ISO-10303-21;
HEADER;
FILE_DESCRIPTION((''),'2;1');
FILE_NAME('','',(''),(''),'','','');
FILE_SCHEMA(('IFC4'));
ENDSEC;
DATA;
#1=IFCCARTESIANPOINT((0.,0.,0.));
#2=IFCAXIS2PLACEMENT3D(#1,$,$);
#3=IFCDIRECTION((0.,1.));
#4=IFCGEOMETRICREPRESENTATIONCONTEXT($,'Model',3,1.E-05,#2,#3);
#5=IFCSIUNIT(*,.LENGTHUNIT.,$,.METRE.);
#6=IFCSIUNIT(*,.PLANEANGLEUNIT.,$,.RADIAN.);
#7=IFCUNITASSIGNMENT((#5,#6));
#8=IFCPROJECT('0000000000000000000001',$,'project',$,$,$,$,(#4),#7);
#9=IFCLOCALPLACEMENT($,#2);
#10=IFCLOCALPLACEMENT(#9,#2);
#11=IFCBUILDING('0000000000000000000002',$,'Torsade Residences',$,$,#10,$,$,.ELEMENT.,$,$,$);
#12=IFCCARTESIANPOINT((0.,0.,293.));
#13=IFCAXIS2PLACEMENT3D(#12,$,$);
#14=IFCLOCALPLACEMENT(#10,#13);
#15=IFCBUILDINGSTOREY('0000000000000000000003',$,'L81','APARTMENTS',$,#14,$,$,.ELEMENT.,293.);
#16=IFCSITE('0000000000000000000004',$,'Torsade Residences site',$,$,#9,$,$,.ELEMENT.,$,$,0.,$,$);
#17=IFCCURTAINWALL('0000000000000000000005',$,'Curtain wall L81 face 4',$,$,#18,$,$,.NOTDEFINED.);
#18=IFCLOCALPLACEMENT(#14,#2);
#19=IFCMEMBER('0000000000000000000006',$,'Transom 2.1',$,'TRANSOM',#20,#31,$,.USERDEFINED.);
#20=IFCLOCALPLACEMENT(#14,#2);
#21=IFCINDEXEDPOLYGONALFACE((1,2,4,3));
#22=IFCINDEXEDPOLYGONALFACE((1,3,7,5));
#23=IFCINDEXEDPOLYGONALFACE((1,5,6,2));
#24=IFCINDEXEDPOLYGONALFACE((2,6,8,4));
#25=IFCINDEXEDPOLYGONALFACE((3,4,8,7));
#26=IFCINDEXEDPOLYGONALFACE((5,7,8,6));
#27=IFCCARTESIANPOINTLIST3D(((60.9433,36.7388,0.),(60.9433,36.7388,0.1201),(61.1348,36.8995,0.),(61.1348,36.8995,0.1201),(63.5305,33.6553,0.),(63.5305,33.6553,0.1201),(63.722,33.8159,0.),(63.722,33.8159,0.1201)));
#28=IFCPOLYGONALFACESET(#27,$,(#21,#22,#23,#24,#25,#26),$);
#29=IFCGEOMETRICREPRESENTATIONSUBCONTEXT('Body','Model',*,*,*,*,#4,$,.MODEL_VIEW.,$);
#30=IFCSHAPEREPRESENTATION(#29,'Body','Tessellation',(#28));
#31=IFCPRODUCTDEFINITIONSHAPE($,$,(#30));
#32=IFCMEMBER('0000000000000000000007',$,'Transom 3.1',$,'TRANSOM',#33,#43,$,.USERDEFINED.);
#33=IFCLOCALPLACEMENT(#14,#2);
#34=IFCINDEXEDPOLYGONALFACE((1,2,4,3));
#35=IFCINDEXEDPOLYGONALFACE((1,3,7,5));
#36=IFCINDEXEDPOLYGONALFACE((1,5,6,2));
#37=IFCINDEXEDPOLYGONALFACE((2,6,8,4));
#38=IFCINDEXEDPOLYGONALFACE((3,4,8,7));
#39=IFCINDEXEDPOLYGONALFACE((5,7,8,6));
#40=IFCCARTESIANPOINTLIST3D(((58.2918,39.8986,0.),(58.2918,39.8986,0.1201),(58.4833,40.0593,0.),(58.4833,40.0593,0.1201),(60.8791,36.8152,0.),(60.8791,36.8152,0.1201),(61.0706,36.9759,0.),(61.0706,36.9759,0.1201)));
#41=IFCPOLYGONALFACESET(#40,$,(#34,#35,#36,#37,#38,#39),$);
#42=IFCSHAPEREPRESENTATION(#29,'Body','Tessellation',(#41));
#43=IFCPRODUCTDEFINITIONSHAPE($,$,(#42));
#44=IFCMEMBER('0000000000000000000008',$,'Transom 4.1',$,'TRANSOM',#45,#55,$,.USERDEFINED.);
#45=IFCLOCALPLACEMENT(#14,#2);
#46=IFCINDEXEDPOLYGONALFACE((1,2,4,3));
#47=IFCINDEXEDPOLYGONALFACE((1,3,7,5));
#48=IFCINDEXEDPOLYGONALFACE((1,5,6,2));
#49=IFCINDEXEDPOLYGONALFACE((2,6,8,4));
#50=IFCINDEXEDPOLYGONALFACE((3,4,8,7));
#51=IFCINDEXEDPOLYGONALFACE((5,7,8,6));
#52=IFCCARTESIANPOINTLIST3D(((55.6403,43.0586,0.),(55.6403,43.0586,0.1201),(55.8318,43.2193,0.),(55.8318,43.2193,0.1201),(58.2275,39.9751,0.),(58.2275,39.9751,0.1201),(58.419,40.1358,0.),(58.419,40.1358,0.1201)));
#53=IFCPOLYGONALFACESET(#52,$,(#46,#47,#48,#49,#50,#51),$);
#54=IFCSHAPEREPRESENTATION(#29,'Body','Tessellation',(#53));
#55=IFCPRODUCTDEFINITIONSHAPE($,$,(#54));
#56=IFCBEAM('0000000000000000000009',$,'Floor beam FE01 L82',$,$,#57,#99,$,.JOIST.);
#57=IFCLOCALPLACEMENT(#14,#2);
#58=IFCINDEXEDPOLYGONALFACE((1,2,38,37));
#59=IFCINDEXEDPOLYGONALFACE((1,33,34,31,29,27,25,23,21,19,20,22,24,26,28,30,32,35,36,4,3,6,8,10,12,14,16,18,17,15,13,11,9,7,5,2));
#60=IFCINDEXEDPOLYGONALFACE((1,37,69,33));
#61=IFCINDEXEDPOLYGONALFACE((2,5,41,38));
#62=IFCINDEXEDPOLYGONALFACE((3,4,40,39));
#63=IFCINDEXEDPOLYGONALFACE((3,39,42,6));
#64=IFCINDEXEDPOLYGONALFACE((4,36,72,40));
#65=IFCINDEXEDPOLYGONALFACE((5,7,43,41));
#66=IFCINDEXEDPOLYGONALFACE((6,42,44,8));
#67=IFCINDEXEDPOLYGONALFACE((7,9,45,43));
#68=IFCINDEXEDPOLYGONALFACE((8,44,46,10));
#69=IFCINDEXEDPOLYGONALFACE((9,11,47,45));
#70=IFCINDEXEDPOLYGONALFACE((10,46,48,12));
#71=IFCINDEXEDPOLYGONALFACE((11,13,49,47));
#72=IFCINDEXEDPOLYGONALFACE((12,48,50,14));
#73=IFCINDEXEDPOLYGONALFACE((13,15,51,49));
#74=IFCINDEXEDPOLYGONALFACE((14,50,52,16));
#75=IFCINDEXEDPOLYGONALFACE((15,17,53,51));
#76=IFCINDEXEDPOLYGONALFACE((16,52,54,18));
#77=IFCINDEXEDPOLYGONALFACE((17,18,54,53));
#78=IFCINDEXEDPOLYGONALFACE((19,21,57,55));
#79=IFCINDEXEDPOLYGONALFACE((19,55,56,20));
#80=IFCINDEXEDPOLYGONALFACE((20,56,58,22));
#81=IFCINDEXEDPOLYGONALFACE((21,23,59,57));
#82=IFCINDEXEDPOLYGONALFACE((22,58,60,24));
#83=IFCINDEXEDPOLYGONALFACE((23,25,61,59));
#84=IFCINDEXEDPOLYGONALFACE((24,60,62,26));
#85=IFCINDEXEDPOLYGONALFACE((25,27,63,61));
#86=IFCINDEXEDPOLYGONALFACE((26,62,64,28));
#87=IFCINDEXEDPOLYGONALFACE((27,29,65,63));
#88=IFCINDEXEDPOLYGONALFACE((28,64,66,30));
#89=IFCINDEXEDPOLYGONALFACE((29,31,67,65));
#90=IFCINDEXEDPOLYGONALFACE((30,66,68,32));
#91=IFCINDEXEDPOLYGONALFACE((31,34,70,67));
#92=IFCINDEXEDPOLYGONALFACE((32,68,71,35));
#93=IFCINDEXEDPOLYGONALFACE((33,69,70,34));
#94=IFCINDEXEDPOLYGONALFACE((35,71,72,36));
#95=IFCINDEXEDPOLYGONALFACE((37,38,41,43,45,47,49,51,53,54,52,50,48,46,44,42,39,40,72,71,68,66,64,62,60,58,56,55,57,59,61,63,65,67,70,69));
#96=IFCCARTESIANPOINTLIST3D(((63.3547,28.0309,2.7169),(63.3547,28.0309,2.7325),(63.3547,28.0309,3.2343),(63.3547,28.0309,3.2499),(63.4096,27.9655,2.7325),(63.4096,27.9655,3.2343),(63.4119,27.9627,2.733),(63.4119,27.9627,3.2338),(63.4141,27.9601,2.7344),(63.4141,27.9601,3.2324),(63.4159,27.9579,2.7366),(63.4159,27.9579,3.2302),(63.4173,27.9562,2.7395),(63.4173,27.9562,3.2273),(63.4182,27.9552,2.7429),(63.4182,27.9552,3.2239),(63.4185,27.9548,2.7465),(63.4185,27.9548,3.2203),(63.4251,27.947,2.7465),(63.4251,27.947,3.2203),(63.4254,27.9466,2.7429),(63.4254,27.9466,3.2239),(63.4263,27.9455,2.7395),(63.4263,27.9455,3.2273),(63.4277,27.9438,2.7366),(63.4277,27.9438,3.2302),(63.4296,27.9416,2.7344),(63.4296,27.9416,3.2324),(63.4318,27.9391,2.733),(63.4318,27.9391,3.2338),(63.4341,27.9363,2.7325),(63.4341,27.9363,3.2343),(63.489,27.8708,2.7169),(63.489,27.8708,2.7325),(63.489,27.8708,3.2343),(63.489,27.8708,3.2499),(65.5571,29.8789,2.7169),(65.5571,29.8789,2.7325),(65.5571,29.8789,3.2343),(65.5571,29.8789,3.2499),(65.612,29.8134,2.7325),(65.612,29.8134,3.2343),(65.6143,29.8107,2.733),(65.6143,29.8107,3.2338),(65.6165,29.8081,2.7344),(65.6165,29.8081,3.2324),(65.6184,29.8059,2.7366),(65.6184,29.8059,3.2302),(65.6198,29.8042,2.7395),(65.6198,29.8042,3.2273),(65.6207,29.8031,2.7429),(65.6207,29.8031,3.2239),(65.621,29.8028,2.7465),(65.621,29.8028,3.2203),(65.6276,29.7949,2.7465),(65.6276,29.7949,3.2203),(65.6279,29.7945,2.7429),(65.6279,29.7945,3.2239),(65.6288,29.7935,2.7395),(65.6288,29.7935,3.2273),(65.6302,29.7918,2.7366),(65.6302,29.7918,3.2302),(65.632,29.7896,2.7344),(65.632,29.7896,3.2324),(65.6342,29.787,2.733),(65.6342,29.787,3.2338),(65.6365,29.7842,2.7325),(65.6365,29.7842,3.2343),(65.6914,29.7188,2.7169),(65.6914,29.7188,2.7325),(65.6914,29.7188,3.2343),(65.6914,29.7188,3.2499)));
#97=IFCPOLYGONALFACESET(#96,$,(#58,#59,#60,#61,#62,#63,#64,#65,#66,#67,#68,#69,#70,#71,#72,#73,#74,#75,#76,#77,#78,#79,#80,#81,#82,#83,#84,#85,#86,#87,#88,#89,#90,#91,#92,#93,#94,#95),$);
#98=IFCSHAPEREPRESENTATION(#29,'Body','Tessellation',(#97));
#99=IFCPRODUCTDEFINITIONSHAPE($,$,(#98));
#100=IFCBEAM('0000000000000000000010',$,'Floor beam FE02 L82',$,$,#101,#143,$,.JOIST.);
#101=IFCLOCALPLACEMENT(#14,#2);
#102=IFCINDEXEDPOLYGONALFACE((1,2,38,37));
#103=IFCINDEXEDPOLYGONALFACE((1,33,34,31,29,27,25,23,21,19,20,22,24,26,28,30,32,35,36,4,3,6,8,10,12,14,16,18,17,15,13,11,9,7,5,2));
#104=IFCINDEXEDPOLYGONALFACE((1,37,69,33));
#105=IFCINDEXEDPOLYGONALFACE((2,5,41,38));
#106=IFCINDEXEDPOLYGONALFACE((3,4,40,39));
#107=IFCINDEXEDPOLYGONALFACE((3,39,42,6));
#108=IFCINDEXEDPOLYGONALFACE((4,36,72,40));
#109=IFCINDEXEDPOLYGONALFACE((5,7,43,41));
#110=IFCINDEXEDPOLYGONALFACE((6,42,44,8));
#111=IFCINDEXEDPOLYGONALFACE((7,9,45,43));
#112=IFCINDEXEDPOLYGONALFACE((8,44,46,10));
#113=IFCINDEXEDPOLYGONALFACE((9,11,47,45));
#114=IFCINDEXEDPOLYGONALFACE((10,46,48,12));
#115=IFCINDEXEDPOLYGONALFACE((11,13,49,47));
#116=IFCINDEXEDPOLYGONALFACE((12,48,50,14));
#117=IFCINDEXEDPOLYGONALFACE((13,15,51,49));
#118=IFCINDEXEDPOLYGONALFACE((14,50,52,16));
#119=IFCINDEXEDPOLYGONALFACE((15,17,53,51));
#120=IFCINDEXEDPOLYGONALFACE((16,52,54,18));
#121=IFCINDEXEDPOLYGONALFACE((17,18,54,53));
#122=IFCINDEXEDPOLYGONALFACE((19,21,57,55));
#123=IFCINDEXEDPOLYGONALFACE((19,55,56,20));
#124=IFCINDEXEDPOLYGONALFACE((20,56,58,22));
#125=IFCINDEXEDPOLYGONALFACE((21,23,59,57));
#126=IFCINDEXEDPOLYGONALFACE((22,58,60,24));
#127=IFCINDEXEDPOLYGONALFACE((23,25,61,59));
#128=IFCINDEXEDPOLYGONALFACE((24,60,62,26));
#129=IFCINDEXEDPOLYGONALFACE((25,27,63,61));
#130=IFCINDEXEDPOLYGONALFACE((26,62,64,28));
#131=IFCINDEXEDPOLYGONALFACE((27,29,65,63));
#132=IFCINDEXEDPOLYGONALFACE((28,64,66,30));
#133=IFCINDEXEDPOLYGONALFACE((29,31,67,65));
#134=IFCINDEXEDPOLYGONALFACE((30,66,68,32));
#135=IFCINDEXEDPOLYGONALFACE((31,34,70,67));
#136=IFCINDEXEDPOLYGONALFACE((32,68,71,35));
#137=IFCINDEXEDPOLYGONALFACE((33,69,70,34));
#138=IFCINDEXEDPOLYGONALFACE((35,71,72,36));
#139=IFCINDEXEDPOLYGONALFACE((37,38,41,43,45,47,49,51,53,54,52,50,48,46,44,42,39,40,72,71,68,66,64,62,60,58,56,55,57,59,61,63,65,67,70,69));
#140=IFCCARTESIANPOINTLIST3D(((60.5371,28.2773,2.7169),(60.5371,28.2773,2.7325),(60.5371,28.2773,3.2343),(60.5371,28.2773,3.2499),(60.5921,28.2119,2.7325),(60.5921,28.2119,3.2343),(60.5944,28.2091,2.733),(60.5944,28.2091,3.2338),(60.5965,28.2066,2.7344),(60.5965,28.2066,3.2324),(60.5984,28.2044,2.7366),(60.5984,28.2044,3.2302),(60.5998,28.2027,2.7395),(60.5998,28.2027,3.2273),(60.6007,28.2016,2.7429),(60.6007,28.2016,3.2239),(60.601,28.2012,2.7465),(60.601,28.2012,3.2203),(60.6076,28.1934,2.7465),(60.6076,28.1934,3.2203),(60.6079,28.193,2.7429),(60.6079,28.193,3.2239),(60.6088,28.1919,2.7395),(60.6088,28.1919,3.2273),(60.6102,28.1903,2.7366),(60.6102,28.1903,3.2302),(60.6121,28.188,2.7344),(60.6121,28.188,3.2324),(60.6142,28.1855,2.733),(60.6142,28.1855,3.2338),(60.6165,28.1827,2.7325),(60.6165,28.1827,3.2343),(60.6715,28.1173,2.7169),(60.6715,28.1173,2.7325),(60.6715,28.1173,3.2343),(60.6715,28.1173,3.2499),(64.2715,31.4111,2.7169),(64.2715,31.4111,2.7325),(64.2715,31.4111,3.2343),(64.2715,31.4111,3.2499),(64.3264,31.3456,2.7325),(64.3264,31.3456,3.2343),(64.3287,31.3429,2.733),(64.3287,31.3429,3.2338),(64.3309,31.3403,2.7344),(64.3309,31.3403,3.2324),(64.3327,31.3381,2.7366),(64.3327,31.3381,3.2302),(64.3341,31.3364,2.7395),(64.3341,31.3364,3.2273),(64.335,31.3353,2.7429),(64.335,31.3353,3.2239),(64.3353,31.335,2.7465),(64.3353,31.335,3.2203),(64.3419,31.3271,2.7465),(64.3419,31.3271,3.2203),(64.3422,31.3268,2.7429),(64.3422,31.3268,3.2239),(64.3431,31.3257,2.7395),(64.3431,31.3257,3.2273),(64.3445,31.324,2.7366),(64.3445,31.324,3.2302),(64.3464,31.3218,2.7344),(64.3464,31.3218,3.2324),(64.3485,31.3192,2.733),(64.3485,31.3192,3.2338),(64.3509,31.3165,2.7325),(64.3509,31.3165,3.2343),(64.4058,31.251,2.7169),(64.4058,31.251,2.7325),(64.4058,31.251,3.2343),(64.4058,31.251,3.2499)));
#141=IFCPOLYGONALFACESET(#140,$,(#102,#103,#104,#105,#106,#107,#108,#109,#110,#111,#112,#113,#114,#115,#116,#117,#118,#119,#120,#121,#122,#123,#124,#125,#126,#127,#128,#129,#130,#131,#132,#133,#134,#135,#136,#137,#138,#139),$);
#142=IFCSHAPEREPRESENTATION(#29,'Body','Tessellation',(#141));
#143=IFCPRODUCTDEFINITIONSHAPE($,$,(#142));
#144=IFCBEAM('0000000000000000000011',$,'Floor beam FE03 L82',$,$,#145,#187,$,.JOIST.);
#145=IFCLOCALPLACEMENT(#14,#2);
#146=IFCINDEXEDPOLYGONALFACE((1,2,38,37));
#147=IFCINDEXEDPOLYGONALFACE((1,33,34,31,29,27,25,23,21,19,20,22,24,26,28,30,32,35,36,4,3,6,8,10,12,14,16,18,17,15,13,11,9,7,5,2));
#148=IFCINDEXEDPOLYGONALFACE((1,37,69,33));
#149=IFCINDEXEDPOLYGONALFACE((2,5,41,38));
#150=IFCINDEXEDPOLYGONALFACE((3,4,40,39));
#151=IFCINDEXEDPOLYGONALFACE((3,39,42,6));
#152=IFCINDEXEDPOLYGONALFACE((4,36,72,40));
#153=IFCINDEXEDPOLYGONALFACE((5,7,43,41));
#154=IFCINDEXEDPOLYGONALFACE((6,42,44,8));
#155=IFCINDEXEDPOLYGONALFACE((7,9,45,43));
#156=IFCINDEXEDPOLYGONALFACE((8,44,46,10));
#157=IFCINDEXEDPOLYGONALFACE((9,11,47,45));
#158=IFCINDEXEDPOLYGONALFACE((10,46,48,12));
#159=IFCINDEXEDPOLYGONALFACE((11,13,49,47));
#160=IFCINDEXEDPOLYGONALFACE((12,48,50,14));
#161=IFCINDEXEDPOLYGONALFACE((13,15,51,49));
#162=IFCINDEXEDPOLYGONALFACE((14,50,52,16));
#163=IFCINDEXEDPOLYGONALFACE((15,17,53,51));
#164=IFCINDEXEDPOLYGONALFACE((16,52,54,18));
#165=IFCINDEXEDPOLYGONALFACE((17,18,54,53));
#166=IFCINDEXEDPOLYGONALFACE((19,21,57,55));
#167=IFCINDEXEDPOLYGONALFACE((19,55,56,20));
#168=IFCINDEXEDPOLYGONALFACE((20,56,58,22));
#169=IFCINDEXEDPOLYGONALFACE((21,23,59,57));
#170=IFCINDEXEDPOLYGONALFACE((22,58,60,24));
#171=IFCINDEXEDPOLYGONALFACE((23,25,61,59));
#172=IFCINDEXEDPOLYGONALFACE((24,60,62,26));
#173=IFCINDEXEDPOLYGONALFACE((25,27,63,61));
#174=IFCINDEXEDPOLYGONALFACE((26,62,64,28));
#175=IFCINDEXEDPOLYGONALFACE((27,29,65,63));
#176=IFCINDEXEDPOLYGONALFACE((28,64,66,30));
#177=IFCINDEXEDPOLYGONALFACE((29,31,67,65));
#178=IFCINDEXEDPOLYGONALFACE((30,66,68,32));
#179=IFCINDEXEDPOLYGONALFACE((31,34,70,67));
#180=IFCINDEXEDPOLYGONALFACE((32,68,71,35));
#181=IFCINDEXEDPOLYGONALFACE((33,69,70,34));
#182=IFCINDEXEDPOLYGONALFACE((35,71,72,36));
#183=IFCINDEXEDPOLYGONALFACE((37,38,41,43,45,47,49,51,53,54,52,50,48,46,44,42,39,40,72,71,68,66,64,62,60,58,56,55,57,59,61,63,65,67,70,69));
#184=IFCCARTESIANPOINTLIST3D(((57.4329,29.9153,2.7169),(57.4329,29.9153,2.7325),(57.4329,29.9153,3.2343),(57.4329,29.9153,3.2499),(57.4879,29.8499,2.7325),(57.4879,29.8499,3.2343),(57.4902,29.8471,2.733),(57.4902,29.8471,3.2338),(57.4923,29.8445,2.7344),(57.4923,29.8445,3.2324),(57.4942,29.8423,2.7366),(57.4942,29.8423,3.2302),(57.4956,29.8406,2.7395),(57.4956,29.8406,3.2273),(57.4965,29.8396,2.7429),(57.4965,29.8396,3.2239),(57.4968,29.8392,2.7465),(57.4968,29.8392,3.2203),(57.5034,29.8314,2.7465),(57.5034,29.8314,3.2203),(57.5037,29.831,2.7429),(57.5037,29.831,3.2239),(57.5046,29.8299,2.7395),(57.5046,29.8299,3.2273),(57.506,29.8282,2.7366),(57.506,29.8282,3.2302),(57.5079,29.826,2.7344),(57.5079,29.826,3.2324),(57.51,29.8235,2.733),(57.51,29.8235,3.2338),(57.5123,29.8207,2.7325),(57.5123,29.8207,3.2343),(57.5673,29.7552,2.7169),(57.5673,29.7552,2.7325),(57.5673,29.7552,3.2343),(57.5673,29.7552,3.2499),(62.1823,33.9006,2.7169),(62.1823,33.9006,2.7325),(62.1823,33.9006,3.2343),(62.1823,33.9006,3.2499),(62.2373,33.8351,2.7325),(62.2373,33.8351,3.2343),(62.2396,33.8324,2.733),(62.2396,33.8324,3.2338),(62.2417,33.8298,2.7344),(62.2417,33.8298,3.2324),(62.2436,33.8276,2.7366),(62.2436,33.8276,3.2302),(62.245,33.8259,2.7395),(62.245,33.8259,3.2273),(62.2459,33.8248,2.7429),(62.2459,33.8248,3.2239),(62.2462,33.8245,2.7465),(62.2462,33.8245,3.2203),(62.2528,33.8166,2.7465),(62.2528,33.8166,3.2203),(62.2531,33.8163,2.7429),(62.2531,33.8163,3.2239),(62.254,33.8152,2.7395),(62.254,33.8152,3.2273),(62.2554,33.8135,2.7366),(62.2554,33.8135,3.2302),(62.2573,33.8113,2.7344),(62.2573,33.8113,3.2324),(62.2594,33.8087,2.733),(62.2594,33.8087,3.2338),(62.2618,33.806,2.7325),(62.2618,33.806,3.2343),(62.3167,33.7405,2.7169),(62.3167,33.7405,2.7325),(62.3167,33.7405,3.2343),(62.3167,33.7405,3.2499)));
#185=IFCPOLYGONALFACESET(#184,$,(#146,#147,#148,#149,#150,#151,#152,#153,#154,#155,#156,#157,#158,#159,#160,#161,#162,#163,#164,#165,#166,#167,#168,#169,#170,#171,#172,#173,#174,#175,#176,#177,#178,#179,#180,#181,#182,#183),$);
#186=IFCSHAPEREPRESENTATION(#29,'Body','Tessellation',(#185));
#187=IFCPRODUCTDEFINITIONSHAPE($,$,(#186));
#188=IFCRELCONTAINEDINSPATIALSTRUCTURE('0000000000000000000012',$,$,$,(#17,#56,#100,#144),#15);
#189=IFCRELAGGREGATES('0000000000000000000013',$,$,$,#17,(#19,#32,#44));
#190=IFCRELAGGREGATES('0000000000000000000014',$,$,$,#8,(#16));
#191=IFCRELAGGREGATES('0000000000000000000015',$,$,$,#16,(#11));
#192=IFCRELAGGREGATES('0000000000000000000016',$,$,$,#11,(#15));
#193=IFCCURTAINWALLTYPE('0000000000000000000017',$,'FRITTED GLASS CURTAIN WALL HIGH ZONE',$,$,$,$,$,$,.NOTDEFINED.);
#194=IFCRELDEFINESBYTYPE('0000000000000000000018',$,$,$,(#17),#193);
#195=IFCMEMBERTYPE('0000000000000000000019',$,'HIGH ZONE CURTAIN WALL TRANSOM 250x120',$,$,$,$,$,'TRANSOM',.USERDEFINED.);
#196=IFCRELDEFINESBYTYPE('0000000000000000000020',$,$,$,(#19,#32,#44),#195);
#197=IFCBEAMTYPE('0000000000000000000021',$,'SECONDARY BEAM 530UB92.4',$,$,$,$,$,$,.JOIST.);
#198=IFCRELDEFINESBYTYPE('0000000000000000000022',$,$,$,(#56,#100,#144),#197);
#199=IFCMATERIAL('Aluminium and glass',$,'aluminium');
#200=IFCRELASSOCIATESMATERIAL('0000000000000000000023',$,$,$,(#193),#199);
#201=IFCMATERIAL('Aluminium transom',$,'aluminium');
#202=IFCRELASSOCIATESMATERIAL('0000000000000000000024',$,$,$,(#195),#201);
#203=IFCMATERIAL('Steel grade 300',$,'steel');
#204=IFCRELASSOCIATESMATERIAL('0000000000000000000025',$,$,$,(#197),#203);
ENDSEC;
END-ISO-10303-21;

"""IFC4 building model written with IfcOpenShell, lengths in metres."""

from ifc_helpers import new_model, si_unit, direction, frame, origin, origin_2d, place, context, subcontext, project, spatial, rectangle, i_section, extrude, material, material_profile, profile_set, type_object, element, aggregate, save


model = new_model("IFC4")

# Units and contexts
model_context = context("Model", 3, precision=1e-05, world=origin(), true_north=direction((0.0, 1.0)))
body_context = subcontext(model_context, "Body", "Model", "MODEL_VIEW")
ifc_project = project(units=[si_unit("LENGTHUNIT", "METRE"), si_unit("PLANEANGLEUNIT", "RADIAN")], contexts=[model_context])

# Site, building, storey
site_placement = place(None, origin())
site = spatial("IfcSite", under=ifc_project, at=site_placement, Name="Torsade Residences site", CompositionType="ELEMENT", RefElevation=0.0)
building_placement = place(site_placement, origin())
building = spatial("IfcBuilding", under=site, at=building_placement, Name="Torsade Residences", CompositionType="ELEMENT")
storey_placement = place(building_placement, frame((0.0, 0.0, 293.0)))
storey = spatial("IfcBuildingStorey", under=building, at=storey_placement, Name="L81", Description="APARTMENTS", CompositionType="ELEMENT", Elevation=293.0)

# Curtain wall, members
ifc_material_1 = material(Name="Aluminium and glass", Category="aluminium")
curtain_wall_type = type_object("IfcCurtainWallType", Name="FRITTED GLASS CURTAIN WALL HIGH ZONE", PredefinedType="NOTDEFINED", material=ifc_material_1)
curtain_wall_placement = place(storey_placement, origin())
curtain_wall = element("IfcCurtainWall", 1, at=curtain_wall_placement, inside=storey, type_object=curtain_wall_type, Name="Curtain wall L81 face 4", PredefinedType="NOTDEFINED")
ifc_material_2 = material(Name="Aluminium transom", Category="aluminium")
ifc_material_profile_1 = material_profile(ifc_material_2, rectangle(XDim=0.25, YDim=0.1201, at=origin_2d()), Name="HIGH ZONE CURTAIN WALL TRANSOM 250x120")
ifc_profile_set_1 = profile_set([ifc_material_profile_1], Name="Aluminium transom")
member_type_1 = type_object("IfcMemberType", Name="HIGH ZONE CURTAIN WALL TRANSOM 250x120", ElementType="TRANSOM", PredefinedType="USERDEFINED", material=ifc_profile_set_1)
member_1_placement = place(storey_placement, frame((63.6262, 33.7356, 0.0601), z_axis=(-0.642758, 0.766069, 0.0), x_axis=(-0.766069, -0.642758, 0.0)))
member_1 = element("IfcMember", 2, at=member_1_placement, type_object=member_type_1, Name="Transom 2.1", ObjectType="TRANSOM", PredefinedType="USERDEFINED", context=body_context, shape_type="SweptSolid", body=[
    extrude(rectangle(XDim=0.25, YDim=0.1201, at=origin_2d()), origin(), (0.0, 0.0, 1.0), 4.0251),
])
member_2_placement = place(storey_placement, frame((60.9749, 36.8955, 0.0601), z_axis=(-0.642794, 0.766039, 0.0), x_axis=(-0.766039, -0.642794, 0.0)))
member_2 = element("IfcMember", 3, at=member_2_placement, type_object=member_type_1, Name="Transom 3.1", ObjectType="TRANSOM", PredefinedType="USERDEFINED", context=body_context, shape_type="SweptSolid", body=[
    extrude(rectangle(XDim=0.25, YDim=0.1201, at=origin_2d()), origin(), (0.0, 0.0, 1.0), 4.0251),
])
member_3_placement = place(storey_placement, frame((58.3232, 40.0554, 0.0601), z_axis=(-0.642758, 0.766069, 0.0), x_axis=(-0.766069, -0.642758, 0.0)))
member_3 = element("IfcMember", 4, at=member_3_placement, type_object=member_type_1, Name="Transom 4.1", ObjectType="TRANSOM", PredefinedType="USERDEFINED", context=body_context, shape_type="SweptSolid", body=[
    extrude(rectangle(XDim=0.25, YDim=0.1201, at=origin_2d()), origin(), (0.0, 0.0, 1.0), 4.0251),
])

# Beams
ifc_material_3 = material(Name="Steel grade 300", Category="steel")
ifc_material_profile_2 = material_profile(ifc_material_3, i_section(OverallWidth=0.209, OverallDepth=0.533, WebThickness=0.0103, FlangeThickness=0.0156, FilletRadius=0.0139, at=origin_2d()), Name="530UB92.4")
ifc_profile_set_2 = profile_set([ifc_material_profile_2], Name="Steel grade 300")
beam_type_1 = type_object("IfcBeamType", Name="SECONDARY BEAM 530UB92.4", PredefinedType="JOIST", material=ifc_profile_set_2)
beam_1_placement = place(storey_placement, frame((65.6243, 29.7988, 2.9834), z_axis=(-0.766066, -0.642762, 0.0), x_axis=(0.642762, -0.766066, 0.0)))
element("IfcBeam", 5, at=beam_1_placement, inside=storey, type_object=beam_type_1, Name="Floor beam FE01 L82", PredefinedType="JOIST", context=body_context, shape_type="SweptSolid", body=[
    extrude(i_section(OverallWidth=0.209, OverallDepth=0.533, WebThickness=0.0103, FlangeThickness=0.0156, FilletRadius=0.0139, at=origin_2d()), origin(), (0.0, 0.0, 1.0), 2.875),
])
beam_2_placement = place(storey_placement, frame((64.3386, 31.3311, 2.9834), z_axis=(-0.766017, -0.642821, 0.0), x_axis=(0.642821, -0.766017, 0.0)))
element("IfcBeam", 6, at=beam_2_placement, inside=storey, type_object=beam_type_1, Name="Floor beam FE02 L82", PredefinedType="JOIST", context=body_context, shape_type="SweptSolid", body=[
    extrude(i_section(OverallWidth=0.209, OverallDepth=0.533, WebThickness=0.0103, FlangeThickness=0.0156, FilletRadius=0.0139, at=origin_2d()), origin(), (0.0, 0.0, 1.0), 4.875),
])
beam_3_placement = place(storey_placement, frame((62.2495, 33.8206, 2.9834), z_axis=(-0.766041, -0.642791, 0.0), x_axis=(0.642791, -0.766041, 0.0)))
element("IfcBeam", 7, at=beam_3_placement, inside=storey, type_object=beam_type_1, Name="Floor beam FE03 L82", PredefinedType="JOIST", context=body_context, shape_type="SweptSolid", body=[
    extrude(i_section(OverallWidth=0.209, OverallDepth=0.533, WebThickness=0.0103, FlangeThickness=0.0156, FilletRadius=0.0139, at=origin_2d()), origin(), (0.0, 0.0, 1.0), 6.2),
])

aggregate(curtain_wall, [member_1, member_2, member_3])

save(model, "model.ifc")
